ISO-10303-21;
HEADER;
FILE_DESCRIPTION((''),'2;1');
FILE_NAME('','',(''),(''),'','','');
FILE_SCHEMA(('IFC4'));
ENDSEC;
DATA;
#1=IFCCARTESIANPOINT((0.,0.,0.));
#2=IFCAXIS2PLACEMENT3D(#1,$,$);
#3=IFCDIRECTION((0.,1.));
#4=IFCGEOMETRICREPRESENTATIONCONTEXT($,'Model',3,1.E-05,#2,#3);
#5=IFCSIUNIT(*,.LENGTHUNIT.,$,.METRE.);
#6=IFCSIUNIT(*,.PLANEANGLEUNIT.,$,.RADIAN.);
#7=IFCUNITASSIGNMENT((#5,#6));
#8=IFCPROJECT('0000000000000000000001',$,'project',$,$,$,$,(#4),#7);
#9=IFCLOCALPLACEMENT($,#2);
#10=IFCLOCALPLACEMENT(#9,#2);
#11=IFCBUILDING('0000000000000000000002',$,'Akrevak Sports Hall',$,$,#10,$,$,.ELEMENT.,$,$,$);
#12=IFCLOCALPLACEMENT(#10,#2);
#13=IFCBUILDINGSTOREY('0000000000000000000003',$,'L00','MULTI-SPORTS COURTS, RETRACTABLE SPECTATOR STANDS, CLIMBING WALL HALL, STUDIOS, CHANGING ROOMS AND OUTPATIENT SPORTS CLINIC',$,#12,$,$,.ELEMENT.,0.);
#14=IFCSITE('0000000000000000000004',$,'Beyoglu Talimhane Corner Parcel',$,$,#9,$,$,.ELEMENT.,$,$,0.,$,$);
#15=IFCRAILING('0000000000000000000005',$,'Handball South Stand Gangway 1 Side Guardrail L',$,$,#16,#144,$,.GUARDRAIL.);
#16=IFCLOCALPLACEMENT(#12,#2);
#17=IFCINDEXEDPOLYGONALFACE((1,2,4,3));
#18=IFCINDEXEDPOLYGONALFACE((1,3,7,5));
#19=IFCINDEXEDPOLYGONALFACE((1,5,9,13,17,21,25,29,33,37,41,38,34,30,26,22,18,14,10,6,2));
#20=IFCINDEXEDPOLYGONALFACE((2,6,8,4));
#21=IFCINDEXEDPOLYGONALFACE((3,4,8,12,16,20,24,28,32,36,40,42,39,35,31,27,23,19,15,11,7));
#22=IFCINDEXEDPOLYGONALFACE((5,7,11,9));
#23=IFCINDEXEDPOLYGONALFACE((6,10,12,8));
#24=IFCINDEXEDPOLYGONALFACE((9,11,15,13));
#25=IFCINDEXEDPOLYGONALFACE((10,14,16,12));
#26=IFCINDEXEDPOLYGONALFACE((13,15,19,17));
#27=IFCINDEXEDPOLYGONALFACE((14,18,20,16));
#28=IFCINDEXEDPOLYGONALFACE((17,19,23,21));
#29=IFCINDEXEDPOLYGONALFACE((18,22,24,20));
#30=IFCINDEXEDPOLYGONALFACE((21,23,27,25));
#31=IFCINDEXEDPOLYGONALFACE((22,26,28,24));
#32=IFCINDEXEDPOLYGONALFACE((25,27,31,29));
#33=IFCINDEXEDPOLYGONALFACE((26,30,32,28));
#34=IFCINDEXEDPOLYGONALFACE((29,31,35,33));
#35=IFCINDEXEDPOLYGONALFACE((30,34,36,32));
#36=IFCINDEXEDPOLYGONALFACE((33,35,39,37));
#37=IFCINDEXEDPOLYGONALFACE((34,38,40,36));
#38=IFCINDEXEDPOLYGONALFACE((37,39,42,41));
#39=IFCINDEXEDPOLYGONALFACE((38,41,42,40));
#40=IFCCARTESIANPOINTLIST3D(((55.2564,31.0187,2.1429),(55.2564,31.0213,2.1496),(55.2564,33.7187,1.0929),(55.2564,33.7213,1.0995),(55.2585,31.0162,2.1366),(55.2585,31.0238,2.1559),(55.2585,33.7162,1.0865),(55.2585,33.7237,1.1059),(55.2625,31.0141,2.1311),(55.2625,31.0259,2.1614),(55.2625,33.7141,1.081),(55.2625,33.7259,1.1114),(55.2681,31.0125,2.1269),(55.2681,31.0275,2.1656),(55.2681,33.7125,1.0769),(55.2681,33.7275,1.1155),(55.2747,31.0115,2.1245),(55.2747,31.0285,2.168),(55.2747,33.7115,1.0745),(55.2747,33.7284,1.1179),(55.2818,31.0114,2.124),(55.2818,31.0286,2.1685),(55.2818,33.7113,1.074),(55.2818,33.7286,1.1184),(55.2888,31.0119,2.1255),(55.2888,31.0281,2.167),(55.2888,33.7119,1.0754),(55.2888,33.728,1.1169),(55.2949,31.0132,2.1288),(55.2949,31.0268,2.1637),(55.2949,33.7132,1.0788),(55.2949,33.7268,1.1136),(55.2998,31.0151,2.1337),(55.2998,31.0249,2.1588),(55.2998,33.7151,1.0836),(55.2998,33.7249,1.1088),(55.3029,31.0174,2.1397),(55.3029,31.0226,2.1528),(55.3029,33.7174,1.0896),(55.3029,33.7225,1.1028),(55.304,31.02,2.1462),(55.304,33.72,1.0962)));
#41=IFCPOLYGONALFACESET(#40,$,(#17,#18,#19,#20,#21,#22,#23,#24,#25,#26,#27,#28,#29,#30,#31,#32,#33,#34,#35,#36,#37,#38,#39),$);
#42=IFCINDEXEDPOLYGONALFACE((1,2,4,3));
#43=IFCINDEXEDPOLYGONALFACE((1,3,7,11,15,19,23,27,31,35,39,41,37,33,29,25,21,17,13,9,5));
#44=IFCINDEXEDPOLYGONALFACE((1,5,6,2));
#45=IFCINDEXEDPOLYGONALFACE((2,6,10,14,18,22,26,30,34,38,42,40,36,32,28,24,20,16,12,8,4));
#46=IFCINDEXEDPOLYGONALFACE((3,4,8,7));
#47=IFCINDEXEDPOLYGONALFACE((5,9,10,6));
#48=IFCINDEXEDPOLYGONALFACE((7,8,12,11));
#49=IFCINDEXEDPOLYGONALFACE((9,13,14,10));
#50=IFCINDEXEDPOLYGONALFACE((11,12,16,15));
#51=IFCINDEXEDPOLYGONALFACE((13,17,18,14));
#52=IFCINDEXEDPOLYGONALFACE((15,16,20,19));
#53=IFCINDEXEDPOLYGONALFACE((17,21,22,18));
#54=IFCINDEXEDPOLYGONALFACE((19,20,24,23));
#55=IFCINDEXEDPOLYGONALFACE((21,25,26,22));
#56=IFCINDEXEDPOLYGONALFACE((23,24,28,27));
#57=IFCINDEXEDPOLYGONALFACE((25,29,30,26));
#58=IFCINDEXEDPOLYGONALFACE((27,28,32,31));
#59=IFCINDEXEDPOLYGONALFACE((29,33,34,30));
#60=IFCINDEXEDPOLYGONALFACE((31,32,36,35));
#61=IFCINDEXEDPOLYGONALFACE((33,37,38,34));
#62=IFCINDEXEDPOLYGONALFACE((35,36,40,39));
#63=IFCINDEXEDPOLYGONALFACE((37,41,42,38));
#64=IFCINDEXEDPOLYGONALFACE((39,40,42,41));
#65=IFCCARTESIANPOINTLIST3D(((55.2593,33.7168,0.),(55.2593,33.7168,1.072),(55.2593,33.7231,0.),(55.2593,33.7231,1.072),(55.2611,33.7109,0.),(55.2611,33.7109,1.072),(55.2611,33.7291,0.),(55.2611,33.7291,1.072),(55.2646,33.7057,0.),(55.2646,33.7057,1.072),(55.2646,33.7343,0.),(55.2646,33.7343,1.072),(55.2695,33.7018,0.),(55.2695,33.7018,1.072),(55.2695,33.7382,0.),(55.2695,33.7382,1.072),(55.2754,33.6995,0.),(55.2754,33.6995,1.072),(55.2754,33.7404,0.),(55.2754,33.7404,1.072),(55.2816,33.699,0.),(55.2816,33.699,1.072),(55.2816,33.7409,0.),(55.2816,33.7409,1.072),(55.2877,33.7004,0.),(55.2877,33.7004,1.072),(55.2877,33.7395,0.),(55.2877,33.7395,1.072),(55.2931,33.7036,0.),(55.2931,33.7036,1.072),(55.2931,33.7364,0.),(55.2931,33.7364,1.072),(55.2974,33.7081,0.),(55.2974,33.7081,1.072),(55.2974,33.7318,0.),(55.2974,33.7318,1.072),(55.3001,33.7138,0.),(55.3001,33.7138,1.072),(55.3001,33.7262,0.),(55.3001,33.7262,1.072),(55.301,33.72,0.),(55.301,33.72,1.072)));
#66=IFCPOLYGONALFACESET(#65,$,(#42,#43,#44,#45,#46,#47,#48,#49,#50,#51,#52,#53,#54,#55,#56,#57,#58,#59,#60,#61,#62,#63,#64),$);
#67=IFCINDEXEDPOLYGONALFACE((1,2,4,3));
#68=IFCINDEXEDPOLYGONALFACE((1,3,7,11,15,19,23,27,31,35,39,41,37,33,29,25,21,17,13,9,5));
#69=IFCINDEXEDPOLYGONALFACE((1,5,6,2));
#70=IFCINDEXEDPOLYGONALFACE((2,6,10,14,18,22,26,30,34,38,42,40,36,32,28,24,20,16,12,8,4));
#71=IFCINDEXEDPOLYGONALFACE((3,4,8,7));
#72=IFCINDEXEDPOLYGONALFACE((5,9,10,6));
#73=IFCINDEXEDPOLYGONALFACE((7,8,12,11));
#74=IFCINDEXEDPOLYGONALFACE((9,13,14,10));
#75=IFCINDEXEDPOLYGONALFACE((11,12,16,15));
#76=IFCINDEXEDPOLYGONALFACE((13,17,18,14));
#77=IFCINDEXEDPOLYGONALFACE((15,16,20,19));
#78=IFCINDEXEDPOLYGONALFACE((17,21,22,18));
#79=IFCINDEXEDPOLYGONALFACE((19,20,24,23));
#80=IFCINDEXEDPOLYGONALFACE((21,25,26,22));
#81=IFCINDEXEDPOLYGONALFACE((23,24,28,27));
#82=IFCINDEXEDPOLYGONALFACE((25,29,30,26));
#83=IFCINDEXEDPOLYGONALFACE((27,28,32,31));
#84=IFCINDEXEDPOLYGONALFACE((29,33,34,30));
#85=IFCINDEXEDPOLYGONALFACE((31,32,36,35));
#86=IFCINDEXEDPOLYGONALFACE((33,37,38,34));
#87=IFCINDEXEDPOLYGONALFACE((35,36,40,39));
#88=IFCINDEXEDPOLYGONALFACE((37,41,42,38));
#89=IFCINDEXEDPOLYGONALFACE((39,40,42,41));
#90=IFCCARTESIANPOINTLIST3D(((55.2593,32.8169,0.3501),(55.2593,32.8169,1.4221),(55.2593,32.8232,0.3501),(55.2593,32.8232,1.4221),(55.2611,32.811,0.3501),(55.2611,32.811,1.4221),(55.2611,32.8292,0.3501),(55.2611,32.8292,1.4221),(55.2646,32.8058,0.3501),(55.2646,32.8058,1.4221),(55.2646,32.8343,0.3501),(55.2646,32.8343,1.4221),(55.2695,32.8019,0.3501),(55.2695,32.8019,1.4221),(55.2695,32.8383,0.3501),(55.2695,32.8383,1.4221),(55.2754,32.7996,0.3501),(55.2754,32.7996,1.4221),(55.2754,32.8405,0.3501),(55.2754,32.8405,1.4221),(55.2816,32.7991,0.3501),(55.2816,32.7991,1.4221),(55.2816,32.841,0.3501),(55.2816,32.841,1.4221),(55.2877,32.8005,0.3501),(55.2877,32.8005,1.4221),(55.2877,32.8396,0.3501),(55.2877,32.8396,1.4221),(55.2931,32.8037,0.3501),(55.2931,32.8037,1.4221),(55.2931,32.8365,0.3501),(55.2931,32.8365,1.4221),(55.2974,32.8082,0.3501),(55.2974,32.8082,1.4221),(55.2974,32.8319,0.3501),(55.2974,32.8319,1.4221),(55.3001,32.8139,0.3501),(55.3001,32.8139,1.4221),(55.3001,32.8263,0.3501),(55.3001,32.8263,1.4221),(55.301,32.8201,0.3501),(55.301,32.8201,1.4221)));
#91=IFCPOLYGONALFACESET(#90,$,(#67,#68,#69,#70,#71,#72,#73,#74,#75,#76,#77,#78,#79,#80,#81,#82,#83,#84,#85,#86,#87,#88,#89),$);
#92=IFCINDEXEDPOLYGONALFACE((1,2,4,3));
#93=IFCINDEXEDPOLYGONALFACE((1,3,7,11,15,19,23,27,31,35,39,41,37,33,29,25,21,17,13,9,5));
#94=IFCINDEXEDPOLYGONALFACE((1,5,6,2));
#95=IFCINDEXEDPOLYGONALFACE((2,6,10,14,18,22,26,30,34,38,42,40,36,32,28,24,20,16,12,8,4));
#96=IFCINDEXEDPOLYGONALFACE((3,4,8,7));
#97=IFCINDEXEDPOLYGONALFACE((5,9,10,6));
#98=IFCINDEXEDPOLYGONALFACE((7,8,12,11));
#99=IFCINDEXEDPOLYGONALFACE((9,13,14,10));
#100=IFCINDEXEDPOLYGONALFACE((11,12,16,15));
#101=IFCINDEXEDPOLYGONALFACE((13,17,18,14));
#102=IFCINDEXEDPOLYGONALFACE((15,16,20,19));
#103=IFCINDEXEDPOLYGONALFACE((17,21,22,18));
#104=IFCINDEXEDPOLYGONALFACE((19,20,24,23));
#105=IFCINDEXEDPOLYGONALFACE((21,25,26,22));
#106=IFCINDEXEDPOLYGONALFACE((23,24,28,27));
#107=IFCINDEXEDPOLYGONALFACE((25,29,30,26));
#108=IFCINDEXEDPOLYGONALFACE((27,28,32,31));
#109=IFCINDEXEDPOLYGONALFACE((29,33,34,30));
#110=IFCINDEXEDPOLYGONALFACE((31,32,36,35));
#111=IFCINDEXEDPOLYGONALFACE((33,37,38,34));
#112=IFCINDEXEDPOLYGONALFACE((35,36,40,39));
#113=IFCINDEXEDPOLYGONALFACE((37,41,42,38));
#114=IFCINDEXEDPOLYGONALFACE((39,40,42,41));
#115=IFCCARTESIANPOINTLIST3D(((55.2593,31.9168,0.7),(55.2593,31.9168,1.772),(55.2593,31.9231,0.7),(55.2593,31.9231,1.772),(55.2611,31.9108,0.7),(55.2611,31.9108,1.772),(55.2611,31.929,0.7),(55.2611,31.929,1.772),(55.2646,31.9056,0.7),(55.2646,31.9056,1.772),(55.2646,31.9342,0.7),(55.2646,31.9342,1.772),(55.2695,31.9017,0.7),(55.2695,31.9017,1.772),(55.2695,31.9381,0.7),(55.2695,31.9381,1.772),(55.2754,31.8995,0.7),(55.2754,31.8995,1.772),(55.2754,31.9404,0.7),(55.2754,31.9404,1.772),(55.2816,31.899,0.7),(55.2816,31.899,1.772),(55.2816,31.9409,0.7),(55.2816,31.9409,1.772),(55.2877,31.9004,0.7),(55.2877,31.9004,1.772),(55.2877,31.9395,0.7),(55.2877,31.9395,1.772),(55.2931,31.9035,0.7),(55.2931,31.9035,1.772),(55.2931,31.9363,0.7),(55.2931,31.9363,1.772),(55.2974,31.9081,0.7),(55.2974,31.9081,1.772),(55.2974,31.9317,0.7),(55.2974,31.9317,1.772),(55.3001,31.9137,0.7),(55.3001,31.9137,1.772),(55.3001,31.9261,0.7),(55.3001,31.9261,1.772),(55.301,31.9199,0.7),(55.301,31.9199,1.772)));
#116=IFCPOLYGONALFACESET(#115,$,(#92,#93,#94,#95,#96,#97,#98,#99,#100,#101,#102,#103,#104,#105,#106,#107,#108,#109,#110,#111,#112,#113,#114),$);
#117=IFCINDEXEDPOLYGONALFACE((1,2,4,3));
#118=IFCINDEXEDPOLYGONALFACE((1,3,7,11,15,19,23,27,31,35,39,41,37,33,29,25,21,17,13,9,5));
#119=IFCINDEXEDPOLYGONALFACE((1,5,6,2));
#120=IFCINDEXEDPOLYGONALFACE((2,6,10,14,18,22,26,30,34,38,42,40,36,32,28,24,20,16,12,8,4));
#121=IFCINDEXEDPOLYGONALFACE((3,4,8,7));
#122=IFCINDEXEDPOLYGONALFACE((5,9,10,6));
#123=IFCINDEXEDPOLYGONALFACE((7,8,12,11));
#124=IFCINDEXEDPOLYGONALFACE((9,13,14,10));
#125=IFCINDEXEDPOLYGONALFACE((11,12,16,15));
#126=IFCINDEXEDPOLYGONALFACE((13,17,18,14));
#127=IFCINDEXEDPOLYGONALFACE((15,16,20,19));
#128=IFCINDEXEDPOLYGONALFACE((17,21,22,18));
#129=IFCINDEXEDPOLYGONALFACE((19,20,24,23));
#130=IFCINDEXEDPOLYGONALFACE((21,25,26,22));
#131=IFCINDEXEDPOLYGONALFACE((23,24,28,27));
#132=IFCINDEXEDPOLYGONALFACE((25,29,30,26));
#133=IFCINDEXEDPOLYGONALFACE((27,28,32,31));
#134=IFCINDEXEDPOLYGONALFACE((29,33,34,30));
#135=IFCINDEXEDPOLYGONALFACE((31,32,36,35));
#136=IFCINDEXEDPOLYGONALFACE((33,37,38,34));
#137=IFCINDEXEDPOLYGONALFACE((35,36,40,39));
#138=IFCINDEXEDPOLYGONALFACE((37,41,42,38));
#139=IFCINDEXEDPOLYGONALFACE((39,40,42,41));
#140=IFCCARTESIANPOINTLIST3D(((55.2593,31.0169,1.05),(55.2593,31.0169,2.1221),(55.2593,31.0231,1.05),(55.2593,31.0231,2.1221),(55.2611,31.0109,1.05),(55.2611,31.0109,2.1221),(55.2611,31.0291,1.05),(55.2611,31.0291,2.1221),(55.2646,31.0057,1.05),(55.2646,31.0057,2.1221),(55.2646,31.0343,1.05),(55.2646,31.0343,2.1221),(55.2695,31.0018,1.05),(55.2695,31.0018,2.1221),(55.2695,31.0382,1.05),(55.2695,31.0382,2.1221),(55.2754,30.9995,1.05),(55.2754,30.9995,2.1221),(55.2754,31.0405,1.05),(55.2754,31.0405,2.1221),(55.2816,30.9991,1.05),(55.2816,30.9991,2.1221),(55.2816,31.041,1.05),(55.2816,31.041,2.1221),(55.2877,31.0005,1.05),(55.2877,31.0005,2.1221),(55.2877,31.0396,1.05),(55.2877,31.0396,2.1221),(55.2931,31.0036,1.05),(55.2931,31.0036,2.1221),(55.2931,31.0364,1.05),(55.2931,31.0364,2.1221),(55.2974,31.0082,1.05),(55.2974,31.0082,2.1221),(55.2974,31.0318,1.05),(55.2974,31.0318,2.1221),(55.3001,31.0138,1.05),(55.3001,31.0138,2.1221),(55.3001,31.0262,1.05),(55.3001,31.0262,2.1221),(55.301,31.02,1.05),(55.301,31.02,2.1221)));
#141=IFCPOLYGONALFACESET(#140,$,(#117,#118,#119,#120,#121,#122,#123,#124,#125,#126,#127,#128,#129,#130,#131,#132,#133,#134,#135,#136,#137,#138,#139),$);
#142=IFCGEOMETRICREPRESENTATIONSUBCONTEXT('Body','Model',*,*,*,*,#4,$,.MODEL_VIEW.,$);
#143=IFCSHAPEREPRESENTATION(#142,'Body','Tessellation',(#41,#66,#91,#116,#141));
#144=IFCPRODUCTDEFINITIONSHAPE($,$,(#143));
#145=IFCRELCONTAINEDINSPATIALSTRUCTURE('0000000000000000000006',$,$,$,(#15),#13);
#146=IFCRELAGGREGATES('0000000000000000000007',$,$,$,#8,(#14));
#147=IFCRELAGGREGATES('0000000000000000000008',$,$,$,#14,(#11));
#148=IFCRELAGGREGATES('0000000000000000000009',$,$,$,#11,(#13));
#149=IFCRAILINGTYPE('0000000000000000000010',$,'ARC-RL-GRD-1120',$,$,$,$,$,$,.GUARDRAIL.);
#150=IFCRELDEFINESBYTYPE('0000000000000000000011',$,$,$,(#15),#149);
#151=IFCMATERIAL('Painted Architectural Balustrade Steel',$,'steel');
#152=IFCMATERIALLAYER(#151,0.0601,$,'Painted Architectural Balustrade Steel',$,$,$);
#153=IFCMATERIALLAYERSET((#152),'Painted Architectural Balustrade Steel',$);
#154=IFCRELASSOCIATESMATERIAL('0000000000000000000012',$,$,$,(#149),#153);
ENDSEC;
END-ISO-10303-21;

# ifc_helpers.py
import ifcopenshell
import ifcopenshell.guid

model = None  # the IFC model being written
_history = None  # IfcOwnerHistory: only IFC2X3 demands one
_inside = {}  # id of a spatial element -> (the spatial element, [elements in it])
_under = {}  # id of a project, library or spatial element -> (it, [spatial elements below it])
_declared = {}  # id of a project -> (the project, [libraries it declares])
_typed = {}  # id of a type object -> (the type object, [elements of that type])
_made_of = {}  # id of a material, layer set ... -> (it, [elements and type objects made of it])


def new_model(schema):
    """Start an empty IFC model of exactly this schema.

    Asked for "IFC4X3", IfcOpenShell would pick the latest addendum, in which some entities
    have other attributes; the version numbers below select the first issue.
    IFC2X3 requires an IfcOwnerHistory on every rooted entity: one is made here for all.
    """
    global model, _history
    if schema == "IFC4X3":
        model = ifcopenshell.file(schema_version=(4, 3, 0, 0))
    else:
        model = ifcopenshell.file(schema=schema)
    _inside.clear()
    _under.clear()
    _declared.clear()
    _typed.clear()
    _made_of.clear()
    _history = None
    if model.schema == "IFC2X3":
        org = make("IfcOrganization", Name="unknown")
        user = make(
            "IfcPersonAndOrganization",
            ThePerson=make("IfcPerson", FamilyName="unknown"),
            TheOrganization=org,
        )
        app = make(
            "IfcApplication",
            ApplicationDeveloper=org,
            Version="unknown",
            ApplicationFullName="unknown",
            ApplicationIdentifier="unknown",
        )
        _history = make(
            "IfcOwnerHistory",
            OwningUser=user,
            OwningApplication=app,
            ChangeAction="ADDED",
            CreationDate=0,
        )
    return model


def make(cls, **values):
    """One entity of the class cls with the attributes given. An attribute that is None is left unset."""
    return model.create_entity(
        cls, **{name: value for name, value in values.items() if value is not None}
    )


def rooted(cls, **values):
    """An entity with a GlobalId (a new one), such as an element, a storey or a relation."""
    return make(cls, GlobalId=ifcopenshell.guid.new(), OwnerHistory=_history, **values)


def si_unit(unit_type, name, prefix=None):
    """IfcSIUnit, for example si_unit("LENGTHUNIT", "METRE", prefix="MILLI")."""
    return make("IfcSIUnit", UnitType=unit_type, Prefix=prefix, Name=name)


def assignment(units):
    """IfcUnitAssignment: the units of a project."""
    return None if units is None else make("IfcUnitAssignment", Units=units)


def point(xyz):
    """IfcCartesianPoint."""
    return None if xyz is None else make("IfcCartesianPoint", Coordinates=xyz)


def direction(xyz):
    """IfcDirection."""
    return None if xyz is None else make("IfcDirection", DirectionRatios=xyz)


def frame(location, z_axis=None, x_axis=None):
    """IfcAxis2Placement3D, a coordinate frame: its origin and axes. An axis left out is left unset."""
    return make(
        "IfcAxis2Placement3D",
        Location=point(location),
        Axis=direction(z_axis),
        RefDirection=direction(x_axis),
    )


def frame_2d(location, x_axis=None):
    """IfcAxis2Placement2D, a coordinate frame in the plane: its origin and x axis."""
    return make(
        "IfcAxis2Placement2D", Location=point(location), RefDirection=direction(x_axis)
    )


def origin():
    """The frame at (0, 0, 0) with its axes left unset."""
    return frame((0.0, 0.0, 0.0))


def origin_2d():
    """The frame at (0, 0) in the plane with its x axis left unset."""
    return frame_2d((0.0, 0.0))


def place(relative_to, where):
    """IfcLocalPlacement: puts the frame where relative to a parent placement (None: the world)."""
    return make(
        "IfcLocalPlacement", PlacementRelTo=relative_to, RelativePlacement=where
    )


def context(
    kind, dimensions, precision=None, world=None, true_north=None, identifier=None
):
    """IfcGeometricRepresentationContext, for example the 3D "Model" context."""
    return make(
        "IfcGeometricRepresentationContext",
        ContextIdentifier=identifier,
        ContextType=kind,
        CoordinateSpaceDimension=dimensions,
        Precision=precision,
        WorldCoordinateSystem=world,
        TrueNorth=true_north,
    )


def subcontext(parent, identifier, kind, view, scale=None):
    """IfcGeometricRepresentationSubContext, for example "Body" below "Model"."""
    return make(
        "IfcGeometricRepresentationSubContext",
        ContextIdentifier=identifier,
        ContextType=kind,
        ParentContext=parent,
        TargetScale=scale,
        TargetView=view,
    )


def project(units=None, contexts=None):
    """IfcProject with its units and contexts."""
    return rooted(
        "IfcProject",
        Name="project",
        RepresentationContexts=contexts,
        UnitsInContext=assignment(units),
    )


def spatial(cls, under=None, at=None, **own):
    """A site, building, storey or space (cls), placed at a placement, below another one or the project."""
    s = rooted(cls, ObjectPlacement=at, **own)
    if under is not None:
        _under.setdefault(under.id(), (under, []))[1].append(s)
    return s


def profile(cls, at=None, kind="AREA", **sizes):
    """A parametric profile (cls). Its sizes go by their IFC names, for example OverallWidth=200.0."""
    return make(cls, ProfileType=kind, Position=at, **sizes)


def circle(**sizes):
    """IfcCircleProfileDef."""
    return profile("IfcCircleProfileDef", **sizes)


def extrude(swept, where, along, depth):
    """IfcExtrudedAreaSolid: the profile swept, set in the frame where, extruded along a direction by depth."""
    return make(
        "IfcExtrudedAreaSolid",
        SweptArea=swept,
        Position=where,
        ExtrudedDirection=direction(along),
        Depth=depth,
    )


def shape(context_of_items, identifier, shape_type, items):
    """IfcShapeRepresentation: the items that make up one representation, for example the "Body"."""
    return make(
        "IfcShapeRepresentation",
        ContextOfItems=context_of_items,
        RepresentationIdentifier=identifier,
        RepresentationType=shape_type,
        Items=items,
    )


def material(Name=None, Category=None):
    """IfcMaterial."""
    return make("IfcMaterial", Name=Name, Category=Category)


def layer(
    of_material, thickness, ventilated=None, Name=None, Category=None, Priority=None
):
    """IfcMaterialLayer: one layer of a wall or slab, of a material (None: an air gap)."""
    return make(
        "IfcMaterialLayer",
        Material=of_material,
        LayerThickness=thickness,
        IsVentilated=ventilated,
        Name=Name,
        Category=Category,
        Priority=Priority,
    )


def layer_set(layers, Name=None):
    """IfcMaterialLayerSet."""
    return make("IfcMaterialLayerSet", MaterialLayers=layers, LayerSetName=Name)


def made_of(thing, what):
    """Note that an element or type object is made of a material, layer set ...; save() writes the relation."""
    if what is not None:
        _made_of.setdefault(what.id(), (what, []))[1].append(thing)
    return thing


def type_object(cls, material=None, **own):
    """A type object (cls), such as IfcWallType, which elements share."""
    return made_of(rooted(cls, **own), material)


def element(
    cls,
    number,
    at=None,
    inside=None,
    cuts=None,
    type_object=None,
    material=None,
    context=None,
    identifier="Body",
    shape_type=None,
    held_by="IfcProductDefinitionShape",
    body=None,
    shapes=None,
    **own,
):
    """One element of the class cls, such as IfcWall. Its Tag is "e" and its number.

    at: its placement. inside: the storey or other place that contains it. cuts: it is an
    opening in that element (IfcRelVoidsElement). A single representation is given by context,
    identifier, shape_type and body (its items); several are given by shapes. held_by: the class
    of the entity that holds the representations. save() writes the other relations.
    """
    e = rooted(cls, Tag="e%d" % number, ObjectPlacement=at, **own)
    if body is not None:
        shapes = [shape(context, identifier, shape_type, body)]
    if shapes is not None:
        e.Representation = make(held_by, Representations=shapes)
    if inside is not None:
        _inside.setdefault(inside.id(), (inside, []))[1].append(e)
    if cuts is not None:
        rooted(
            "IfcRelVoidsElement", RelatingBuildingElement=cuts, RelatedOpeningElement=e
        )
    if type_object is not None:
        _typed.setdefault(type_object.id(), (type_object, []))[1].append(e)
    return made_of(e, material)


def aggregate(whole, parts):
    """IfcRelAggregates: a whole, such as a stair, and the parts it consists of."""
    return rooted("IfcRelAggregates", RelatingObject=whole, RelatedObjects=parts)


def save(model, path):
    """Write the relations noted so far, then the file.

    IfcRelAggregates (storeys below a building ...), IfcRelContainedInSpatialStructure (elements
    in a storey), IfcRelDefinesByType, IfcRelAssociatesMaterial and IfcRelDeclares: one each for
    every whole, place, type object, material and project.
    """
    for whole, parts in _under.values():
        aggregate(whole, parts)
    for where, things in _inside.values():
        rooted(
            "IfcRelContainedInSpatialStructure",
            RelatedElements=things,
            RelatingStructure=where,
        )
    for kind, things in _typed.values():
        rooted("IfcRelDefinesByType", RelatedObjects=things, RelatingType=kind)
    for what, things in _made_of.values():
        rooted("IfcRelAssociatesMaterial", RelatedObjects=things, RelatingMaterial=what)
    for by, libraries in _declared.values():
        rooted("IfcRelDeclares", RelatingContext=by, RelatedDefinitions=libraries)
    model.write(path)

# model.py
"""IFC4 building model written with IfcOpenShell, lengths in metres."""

from ifc_helpers import new_model, si_unit, direction, frame, origin, origin_2d, place, context, subcontext, project, spatial, circle, extrude, material, layer, layer_set, type_object, element, save


model = new_model("IFC4")

# Units and contexts
model_context = context("Model", 3, precision=1e-05, world=origin(), true_north=direction((0.0, 1.0)))
body_context = subcontext(model_context, "Body", "Model", "MODEL_VIEW")
ifc_project = project(units=[si_unit("LENGTHUNIT", "METRE"), si_unit("PLANEANGLEUNIT", "RADIAN")], contexts=[model_context])

# Site, building, storey
site_placement = place(None, origin())
site = spatial("IfcSite", under=ifc_project, at=site_placement, Name="Beyoglu Talimhane Corner Parcel", CompositionType="ELEMENT", RefElevation=0.0)
building_placement = place(site_placement, origin())
building = spatial("IfcBuilding", under=site, at=building_placement, Name="Akrevak Sports Hall", CompositionType="ELEMENT")
storey_placement = place(building_placement, origin())
storey = spatial("IfcBuildingStorey", under=building, at=storey_placement, Name="L00", Description="MULTI-SPORTS COURTS, RETRACTABLE SPECTATOR STANDS, CLIMBING WALL HALL, STUDIOS, CHANGING ROOMS AND OUTPATIENT SPORTS CLINIC", CompositionType="ELEMENT", Elevation=0.0)

# Railing
ifc_material_1 = material(Name="Painted Architectural Balustrade Steel", Category="steel")
ifc_layer_1 = layer(ifc_material_1, 0.0601, Name="Painted Architectural Balustrade Steel")
ifc_layer_set_1 = layer_set([ifc_layer_1], Name="Painted Architectural Balustrade Steel")
railing_type_1 = type_object("IfcRailingType", Name="ARC-RL-GRD-1120", PredefinedType="GUARDRAIL", material=ifc_layer_set_1)
for number, where, name in (
    (1, (55.28, 33.72, 0.0), "Handball South Stand Gangway 1 Side Guardrail L"),
):
    element("IfcRailing", number, at=place(storey_placement, frame(where)), inside=storey, type_object=railing_type_1, Name=name, PredefinedType="GUARDRAIL", context=body_context, shape_type="SweptSolid", body=[
        extrude(circle(Radius=0.0239, at=origin_2d()), frame((0.0, 0.0, 1.0962), z_axis=(0.0, -0.931997, 0.362467), x_axis=(1.0, 0.0, 0.0)), (0.0, 0.0, 1.0), 2.897),
        extrude(circle(Radius=0.021, at=origin_2d()), origin(), (0.0, 0.0, 1.0), 1.072),
        extrude(circle(Radius=0.021, at=origin_2d()), frame((0.0, -0.8999, 0.3501)), (0.0, 0.0, 1.0), 1.072),
        extrude(circle(Radius=0.021, at=origin_2d()), frame((0.0, -1.8, 0.7)), (0.0, 0.0, 1.0), 1.072),
        extrude(circle(Radius=0.021, at=origin_2d()), frame((0.0, -2.7, 1.05)), (0.0, 0.0, 1.0), 1.072),
    ])

save(model, "model.ifc")
